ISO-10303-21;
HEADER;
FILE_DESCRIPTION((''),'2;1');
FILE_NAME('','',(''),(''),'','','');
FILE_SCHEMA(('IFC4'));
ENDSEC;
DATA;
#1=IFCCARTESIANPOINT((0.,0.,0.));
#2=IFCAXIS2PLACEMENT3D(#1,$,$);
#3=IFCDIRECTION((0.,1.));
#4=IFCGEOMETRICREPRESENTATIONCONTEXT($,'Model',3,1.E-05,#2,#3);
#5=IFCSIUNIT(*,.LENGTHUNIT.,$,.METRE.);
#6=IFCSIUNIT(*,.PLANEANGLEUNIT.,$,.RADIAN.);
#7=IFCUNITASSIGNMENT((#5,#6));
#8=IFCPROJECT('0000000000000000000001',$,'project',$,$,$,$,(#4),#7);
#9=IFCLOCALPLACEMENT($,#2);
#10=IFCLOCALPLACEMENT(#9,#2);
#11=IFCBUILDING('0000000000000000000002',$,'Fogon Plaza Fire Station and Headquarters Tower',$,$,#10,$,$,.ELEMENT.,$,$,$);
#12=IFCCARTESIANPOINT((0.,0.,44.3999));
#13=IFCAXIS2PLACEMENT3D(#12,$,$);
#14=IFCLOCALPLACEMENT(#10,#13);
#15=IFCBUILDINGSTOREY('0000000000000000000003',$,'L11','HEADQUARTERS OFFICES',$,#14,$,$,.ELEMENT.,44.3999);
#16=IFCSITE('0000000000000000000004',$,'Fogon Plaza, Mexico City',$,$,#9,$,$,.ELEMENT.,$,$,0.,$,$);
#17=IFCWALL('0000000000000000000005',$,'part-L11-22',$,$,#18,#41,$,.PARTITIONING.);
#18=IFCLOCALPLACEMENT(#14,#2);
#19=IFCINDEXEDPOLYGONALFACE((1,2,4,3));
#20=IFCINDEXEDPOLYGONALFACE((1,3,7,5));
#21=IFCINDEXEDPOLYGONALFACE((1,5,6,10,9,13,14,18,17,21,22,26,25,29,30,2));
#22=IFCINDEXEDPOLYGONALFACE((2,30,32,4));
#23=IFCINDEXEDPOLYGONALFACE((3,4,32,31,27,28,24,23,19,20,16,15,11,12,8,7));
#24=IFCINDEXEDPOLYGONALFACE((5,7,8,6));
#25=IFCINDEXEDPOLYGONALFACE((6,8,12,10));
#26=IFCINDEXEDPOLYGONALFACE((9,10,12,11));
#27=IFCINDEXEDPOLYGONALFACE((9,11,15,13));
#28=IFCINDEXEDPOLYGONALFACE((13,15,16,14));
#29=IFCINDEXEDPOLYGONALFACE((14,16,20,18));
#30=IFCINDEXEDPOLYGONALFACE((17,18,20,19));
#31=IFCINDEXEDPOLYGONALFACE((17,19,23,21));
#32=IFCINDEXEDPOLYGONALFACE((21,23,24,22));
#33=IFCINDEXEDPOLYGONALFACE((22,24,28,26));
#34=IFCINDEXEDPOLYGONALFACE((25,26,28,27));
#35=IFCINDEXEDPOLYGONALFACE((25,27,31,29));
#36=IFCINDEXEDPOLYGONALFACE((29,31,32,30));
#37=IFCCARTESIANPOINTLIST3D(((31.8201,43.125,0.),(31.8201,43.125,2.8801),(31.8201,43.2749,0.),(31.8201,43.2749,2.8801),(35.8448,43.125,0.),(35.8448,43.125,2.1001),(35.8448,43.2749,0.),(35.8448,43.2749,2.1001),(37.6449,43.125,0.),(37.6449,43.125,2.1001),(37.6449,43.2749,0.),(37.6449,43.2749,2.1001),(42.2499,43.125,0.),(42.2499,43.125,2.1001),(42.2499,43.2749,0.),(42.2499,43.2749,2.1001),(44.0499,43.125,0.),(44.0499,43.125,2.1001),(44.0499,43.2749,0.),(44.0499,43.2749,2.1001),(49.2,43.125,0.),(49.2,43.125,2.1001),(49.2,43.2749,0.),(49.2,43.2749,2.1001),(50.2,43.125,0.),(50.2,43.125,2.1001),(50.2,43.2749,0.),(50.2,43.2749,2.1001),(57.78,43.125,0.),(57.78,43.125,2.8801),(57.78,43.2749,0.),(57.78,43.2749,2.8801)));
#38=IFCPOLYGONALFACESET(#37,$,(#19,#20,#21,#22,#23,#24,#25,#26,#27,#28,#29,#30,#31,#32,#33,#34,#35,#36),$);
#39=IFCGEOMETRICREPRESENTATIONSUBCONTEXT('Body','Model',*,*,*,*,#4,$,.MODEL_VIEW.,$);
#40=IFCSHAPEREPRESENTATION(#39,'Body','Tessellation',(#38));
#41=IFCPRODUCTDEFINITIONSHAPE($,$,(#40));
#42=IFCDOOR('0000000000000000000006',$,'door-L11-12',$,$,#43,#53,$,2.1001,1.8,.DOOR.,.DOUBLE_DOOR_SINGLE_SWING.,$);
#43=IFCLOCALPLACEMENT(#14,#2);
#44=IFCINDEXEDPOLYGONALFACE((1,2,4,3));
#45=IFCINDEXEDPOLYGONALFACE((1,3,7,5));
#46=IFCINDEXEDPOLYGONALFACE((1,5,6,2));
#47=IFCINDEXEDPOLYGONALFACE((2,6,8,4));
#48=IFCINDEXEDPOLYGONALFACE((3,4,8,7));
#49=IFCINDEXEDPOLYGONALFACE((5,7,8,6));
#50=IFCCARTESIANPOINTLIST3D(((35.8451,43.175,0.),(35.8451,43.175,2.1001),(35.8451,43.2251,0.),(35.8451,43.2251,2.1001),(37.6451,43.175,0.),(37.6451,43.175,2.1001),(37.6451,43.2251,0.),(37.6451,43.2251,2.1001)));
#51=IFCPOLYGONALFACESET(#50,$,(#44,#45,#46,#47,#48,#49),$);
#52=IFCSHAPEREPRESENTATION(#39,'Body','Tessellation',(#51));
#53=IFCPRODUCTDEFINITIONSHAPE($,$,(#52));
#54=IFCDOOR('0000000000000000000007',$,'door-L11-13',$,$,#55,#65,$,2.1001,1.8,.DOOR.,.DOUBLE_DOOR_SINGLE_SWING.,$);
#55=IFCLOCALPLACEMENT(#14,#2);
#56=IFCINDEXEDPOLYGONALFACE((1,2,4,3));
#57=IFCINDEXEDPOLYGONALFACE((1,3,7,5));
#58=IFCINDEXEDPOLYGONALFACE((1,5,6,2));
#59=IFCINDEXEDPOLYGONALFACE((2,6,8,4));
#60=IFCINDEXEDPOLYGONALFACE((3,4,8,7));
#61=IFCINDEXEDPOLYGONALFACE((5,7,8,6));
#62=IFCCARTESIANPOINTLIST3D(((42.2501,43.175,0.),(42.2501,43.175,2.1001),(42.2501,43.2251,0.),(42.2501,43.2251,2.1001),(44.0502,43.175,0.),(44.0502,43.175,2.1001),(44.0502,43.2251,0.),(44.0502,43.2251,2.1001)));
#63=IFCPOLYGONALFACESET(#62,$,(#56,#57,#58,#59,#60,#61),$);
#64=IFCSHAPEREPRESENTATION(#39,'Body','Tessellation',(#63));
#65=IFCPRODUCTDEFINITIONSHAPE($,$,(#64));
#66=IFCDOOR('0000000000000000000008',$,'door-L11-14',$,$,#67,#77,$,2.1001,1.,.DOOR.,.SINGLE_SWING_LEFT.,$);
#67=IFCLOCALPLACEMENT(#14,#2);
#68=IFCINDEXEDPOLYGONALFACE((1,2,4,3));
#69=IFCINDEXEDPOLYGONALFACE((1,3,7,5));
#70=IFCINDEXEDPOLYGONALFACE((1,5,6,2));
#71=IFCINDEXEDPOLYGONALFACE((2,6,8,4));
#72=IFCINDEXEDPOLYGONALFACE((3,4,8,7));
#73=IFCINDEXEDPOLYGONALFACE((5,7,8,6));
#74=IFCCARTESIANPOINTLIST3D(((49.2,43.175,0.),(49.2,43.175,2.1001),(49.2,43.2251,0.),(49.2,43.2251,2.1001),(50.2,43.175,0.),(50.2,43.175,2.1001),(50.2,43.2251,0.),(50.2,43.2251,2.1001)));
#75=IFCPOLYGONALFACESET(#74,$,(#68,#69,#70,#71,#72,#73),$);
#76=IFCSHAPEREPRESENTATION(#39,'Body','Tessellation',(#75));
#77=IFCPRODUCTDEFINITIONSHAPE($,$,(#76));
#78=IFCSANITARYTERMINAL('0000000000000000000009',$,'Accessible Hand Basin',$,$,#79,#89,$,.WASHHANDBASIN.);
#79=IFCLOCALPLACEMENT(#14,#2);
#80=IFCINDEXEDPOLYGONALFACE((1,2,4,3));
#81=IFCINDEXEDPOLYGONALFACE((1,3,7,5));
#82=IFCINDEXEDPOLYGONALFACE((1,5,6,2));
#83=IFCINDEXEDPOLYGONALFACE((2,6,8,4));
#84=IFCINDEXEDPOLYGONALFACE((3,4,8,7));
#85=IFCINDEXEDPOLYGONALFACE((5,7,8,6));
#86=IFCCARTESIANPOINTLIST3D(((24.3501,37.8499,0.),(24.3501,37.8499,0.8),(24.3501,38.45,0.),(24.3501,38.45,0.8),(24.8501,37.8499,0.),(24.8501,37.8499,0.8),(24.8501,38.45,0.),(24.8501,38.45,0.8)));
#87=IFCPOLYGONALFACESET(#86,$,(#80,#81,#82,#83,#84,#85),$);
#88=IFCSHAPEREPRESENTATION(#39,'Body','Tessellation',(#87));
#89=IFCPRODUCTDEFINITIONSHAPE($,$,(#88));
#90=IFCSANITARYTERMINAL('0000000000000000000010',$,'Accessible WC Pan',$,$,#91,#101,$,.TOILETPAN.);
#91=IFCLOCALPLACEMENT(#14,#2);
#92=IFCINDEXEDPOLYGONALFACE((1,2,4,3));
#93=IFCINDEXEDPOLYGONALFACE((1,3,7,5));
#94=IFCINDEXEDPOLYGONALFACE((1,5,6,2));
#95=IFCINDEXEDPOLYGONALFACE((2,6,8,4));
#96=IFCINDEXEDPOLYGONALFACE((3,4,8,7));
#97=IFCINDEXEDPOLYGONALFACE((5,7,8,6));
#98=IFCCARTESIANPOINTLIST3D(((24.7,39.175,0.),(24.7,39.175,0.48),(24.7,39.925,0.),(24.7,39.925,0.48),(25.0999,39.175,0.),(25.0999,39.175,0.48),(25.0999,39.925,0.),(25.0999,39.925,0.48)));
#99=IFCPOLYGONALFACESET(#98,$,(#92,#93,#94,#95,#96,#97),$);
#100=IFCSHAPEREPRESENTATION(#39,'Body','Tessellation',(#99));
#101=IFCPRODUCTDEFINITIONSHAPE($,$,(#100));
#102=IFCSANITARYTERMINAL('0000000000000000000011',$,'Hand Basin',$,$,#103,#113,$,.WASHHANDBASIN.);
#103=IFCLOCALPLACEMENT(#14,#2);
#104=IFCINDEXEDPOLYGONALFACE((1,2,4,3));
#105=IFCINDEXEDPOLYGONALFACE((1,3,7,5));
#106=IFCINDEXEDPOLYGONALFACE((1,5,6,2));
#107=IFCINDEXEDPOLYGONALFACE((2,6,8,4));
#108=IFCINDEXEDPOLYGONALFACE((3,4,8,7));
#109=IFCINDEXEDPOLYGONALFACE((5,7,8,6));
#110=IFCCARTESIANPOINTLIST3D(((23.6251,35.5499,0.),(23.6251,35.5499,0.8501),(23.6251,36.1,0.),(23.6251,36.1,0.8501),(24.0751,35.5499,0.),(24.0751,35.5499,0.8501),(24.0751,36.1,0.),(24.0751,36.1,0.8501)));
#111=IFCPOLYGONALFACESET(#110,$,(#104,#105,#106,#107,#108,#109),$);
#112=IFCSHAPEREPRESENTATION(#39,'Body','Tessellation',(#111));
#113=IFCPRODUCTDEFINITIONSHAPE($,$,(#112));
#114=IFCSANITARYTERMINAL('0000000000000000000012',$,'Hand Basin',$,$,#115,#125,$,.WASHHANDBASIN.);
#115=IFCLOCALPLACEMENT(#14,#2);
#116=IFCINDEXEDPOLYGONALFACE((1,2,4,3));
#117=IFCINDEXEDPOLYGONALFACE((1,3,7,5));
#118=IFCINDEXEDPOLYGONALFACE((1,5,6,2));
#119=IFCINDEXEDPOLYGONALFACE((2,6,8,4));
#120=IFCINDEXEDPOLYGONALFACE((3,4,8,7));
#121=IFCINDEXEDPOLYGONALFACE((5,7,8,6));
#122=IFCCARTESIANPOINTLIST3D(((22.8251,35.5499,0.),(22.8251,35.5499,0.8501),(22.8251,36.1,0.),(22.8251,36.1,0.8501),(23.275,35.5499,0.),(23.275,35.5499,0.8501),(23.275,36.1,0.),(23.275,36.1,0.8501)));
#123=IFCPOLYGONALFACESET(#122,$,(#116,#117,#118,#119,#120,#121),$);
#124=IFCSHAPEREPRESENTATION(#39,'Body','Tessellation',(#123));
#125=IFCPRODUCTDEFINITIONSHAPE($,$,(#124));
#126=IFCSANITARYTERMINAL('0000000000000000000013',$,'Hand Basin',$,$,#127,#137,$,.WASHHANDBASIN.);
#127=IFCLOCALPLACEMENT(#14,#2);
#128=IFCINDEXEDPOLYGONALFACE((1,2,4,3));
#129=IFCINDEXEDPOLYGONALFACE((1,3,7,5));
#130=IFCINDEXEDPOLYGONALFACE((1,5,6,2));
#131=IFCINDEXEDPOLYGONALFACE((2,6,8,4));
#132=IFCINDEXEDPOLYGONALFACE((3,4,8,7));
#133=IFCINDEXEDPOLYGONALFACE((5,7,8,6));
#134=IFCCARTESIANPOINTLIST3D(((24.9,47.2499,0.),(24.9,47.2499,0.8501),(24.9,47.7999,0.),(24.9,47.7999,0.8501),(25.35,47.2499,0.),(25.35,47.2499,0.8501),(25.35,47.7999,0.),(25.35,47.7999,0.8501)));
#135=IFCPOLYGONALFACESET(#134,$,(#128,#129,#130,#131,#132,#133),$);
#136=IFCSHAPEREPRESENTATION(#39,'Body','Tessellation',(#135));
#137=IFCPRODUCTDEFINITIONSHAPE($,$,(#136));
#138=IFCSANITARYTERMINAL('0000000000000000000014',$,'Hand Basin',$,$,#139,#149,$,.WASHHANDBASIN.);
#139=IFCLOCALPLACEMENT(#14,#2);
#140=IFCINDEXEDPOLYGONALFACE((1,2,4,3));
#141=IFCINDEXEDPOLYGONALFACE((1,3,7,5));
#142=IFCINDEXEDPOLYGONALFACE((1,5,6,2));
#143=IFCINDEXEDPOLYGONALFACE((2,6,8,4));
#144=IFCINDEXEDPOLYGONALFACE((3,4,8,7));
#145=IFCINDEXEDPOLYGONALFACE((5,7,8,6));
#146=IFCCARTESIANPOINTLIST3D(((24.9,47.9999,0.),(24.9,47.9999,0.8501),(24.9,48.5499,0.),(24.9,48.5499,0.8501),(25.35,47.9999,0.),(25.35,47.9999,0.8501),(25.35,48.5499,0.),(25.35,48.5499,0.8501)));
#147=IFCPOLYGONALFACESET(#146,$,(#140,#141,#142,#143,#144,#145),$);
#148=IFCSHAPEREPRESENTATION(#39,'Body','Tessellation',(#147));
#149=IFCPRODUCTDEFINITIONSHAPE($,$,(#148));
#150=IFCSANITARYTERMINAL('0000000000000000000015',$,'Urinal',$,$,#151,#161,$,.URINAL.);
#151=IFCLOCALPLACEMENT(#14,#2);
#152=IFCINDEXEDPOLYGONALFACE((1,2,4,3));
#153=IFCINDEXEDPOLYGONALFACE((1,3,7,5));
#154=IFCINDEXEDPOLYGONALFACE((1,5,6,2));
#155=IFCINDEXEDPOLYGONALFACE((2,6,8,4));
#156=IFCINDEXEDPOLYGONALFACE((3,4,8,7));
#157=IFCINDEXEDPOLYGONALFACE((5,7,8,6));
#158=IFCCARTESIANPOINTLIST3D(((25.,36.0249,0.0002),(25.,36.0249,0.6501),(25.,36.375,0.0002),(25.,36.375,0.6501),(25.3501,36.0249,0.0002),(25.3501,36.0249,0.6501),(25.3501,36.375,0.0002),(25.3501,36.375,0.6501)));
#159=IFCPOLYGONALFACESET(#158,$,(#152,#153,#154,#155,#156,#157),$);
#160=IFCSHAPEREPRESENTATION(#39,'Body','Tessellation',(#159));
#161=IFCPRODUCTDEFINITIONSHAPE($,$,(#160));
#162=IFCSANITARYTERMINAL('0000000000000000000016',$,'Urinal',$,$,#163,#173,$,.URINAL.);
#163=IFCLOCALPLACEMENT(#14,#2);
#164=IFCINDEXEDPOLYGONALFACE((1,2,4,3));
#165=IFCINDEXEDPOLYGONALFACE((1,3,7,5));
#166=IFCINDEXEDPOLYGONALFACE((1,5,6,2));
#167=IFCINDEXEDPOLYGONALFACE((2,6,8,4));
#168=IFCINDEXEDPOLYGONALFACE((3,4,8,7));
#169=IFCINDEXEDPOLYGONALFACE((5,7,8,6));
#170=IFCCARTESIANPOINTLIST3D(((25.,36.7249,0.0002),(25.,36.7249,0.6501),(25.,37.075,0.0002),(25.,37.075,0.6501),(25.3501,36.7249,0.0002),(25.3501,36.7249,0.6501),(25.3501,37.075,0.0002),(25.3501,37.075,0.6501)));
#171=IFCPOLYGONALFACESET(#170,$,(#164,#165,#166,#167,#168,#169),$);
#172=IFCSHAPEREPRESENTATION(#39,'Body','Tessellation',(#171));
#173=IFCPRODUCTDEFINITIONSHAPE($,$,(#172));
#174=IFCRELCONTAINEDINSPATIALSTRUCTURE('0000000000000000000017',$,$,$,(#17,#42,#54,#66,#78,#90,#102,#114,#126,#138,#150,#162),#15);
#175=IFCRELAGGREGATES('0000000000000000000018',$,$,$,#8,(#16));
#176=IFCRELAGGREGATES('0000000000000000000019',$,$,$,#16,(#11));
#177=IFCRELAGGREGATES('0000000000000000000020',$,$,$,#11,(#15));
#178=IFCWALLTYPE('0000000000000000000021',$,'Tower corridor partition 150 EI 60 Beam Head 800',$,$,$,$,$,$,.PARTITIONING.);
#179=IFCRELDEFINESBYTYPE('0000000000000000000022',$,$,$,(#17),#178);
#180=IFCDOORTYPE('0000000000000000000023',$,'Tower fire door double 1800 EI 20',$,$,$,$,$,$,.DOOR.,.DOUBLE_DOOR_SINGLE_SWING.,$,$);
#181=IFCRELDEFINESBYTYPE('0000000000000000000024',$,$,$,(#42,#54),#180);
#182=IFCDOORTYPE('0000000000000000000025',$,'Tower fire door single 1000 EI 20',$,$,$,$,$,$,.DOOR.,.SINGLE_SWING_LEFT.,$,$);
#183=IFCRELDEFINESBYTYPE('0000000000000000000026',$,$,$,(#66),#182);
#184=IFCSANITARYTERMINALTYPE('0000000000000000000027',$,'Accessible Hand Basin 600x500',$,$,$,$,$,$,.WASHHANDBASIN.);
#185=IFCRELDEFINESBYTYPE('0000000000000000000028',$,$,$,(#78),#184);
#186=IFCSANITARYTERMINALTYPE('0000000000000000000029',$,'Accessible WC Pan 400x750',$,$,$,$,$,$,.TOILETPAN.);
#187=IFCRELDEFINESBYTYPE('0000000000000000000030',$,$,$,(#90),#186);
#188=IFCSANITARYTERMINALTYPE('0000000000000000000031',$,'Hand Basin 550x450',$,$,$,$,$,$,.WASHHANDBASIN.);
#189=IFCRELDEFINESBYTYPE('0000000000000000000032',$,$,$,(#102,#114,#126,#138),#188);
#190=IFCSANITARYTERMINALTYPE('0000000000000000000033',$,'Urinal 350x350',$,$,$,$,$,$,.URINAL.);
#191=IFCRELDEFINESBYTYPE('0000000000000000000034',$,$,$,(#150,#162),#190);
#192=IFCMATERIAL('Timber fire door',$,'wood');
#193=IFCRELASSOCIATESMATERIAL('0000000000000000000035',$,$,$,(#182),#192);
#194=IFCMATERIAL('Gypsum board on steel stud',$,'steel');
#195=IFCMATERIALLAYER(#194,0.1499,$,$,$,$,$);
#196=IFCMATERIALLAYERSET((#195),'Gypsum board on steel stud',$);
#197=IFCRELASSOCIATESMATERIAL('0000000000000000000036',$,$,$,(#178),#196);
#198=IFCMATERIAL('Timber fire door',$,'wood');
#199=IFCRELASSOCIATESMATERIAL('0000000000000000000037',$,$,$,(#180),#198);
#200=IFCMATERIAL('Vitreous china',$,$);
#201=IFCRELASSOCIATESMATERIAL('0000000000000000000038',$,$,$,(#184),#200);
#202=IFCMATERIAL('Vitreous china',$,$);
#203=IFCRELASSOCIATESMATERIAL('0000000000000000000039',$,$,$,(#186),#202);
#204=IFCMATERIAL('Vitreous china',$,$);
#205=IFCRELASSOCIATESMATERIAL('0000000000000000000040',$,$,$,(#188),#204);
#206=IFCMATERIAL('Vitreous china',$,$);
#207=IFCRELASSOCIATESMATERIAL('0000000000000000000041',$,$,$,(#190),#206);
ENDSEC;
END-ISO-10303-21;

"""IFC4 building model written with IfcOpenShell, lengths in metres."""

from ifc_helpers import new_model, si_unit, direction, frame, frame_2d, origin, origin_2d, place, context, subcontext, project, spatial, rectangle, extrude, material, layer, layer_set, type_object, element, fill, save


model = new_model("IFC4")

# Units and contexts
model_context = context("Model", 3, precision=1e-05, world=origin(), true_north=direction((0.0, 1.0)))
body_context = subcontext(model_context, "Body", "Model", "MODEL_VIEW")
ifc_project = project(units=[si_unit("LENGTHUNIT", "METRE"), si_unit("PLANEANGLEUNIT", "RADIAN")], contexts=[model_context])

# Site, building, storey
site_placement = place(None, origin())
site = spatial("IfcSite", under=ifc_project, at=site_placement, Name="Fogon Plaza, Mexico City", CompositionType="ELEMENT", RefElevation=0.0)
building_placement = place(site_placement, origin())
building = spatial("IfcBuilding", under=site, at=building_placement, Name="Fogon Plaza Fire Station and Headquarters Tower", CompositionType="ELEMENT")
storey_placement = place(building_placement, frame((0.0, 0.0, 44.3999)))
storey = spatial("IfcBuildingStorey", under=building, at=storey_placement, Name="L11", Description="HEADQUARTERS OFFICES", CompositionType="ELEMENT", Elevation=44.3999)

# Shared definitions
ifc_material_1 = material(Name="Timber fire door", Category="wood")
door_type_1 = type_object("IfcDoorType", Name="Tower fire door single 1000 EI 20", OperationType="SINGLE_SWING_LEFT", PredefinedType="DOOR", material=ifc_material_1)

# Wall, openings, doors
ifc_material_2 = material(Name="Gypsum board on steel stud", Category="steel")
ifc_layer_1 = layer(ifc_material_2, 0.1499)
ifc_layer_set_1 = layer_set([ifc_layer_1], Name="Gypsum board on steel stud")
wall_type_1 = type_object("IfcWallType", Name="Tower corridor partition 150 EI 60 Beam Head 800", PredefinedType="PARTITIONING", material=ifc_layer_set_1)
wall_1_placement = place(storey_placement, frame((31.8201, 43.2, 0.0), z_axis=(0.0, 0.0, 1.0), x_axis=(1.0, 0.0, 0.0)))
wall_1 = element("IfcWall", 1, at=wall_1_placement, inside=storey, type_object=wall_type_1, Name="part-L11-22", PredefinedType="PARTITIONING", context=body_context, shape_type="SweptSolid", body=[
    extrude(rectangle(XDim=25.96, YDim=0.1499, at=frame_2d((12.98, 0.0))), origin(), (0.0, 0.0, 1.0), 2.8801),
])
opening_1_placement = place(wall_1_placement, frame((4.0249, 0.0, 0.0)))
opening_1 = element("IfcOpeningElement", 2, at=opening_1_placement, cuts=wall_1, PredefinedType="OPENING", context=body_context, shape_type="SweptSolid", body=[
    extrude(rectangle(XDim=1.8, YDim=2.1001, at=frame_2d((0.8999, 1.05))), frame((0.0, 0.085, 0.0), z_axis=(0.0, -1.0, 0.0), x_axis=(1.0, 0.0, 0.0)), (0.0, 0.0, 1.0), 0.1699),
])
opening_2_placement = place(wall_1_placement, frame((10.4299, 0.0, 0.0)))
opening_2 = element("IfcOpeningElement", 3, at=opening_2_placement, cuts=wall_1, PredefinedType="OPENING", context=body_context, shape_type="SweptSolid", body=[
    extrude(rectangle(XDim=1.8, YDim=2.1001, at=frame_2d((0.8999, 1.05))), frame((0.0, 0.085, 0.0), z_axis=(0.0, -1.0, 0.0), x_axis=(1.0, 0.0, 0.0)), (0.0, 0.0, 1.0), 0.1699),
])
opening_3_placement = place(wall_1_placement, frame((17.3799, 0.0, 0.0)))
opening_3 = element("IfcOpeningElement", 4, at=opening_3_placement, cuts=wall_1, PredefinedType="OPENING", context=body_context, shape_type="SweptSolid", body=[
    extrude(rectangle(XDim=1.0, YDim=2.1001, at=frame_2d((0.5, 1.05))), frame((0.0, 0.085, 0.0), z_axis=(0.0, -1.0, 0.0), x_axis=(1.0, 0.0, 0.0)), (0.0, 0.0, 1.0), 0.1699),
])
ifc_material_3 = material(Name="Timber fire door", Category="wood")
door_type_2 = type_object("IfcDoorType", Name="Tower fire door double 1800 EI 20", OperationType="DOUBLE_DOOR_SINGLE_SWING", PredefinedType="DOOR", material=ifc_material_3)
door_1_placement = place(opening_1_placement, frame((1.8, 0.0, 0.0), z_axis=(0.0, 0.0, 1.0), x_axis=(-1.0, 0.0, 0.0)))
door_1 = element("IfcDoor", 5, at=door_1_placement, inside=storey, type_object=door_type_2, Name="door-L11-12", OperationType="DOUBLE_DOOR_SINGLE_SWING", OverallHeight=2.1001, OverallWidth=1.8, PredefinedType="DOOR", context=body_context, shape_type="SweptSolid", body=[
    extrude(rectangle(XDim=1.8, YDim=2.1001, at=frame_2d((0.8999, 1.05))), frame((0.0, 0.0249, 0.0), z_axis=(0.0, -1.0, 0.0), x_axis=(1.0, 0.0, 0.0)), (0.0, 0.0, 1.0), 0.05),
])
fill(opening_1, door_1)
door_2_placement = place(opening_2_placement, frame((1.8, 0.0, 0.0), z_axis=(0.0, 0.0, 1.0), x_axis=(-1.0, 0.0, 0.0)))
door_2 = element("IfcDoor", 6, at=door_2_placement, inside=storey, type_object=door_type_2, Name="door-L11-13", OperationType="DOUBLE_DOOR_SINGLE_SWING", OverallHeight=2.1001, OverallWidth=1.8, PredefinedType="DOOR", context=body_context, shape_type="SweptSolid", body=[
    extrude(rectangle(XDim=1.8, YDim=2.1001, at=frame_2d((0.8999, 1.05))), frame((0.0, 0.0249, 0.0), z_axis=(0.0, -1.0, 0.0), x_axis=(1.0, 0.0, 0.0)), (0.0, 0.0, 1.0), 0.05),
])
fill(opening_2, door_2)
door_3_placement = place(opening_3_placement, frame((1.0, 0.0, 0.0), z_axis=(0.0, 0.0, 1.0), x_axis=(-1.0, 0.0, 0.0)))
door_3 = element("IfcDoor", 7, at=door_3_placement, inside=storey, type_object=door_type_1, Name="door-L11-14", OperationType="SINGLE_SWING_LEFT", OverallHeight=2.1001, OverallWidth=1.0, PredefinedType="DOOR", context=body_context, shape_type="SweptSolid", body=[
    extrude(rectangle(XDim=1.0, YDim=2.1001, at=frame_2d((0.5, 1.05))), frame((0.0, 0.0249, 0.0), z_axis=(0.0, -1.0, 0.0), x_axis=(1.0, 0.0, 0.0)), (0.0, 0.0, 1.0), 0.05),
])
fill(opening_3, door_3)

# Sanitary terminals
ifc_material_4 = material(Name="Vitreous china")
sanitary_terminal_type_1 = type_object("IfcSanitaryTerminalType", Name="Accessible Hand Basin 600x500", PredefinedType="WASHHANDBASIN", material=ifc_material_4)
sanitary_terminal_1_placement = place(storey_placement, frame((24.6001, 38.1499, 0.0), z_axis=(0.0, 0.0, 1.0), x_axis=(1.0, 0.0, 0.0)))
element("IfcSanitaryTerminal", 8, at=sanitary_terminal_1_placement, inside=storey, type_object=sanitary_terminal_type_1, Name="Accessible Hand Basin", PredefinedType="WASHHANDBASIN", context=body_context, shape_type="SweptSolid", body=[
    extrude(rectangle(XDim=0.5, YDim=0.6001, at=origin_2d()), origin(), (0.0, 0.0, 1.0), 0.8),
])
ifc_material_5 = material(Name="Vitreous china")
sanitary_terminal_type_2 = type_object("IfcSanitaryTerminalType", Name="Accessible WC Pan 400x750", PredefinedType="TOILETPAN", material=ifc_material_5)
sanitary_terminal_2_placement = place(storey_placement, frame((24.8999, 39.55, 0.0), z_axis=(0.0, 0.0, 1.0), x_axis=(1.0, 0.0, 0.0)))
element("IfcSanitaryTerminal", 9, at=sanitary_terminal_2_placement, inside=storey, type_object=sanitary_terminal_type_2, Name="Accessible WC Pan", PredefinedType="TOILETPAN", context=body_context, shape_type="SweptSolid", body=[
    extrude(rectangle(XDim=0.3999, YDim=0.75, at=origin_2d()), origin(), (0.0, 0.0, 1.0), 0.48),
])
ifc_material_6 = material(Name="Vitreous china")
sanitary_terminal_type_3 = type_object("IfcSanitaryTerminalType", Name="Hand Basin 550x450", PredefinedType="WASHHANDBASIN", material=ifc_material_6)
for number, where, z_axis, x_axis, name in (
    (10, (23.8501, 35.825, 0.0), (0.0, 0.0, 1.0), (1.0, 0.0, 0.0), "Hand Basin"),
    (11, (23.05, 35.825, 0.0), (0.0, 0.0, 1.0), (1.0, 0.0, 0.0), "Hand Basin"),
    (12, (25.125, 47.5249, 0.0), (0.0, 0.0, 1.0), (1.0, 0.0, 0.0), "Hand Basin"),
    (13, (25.125, 48.2749, 0.0), (0.0, 0.0, 1.0), (1.0, 0.0, 0.0), "Hand Basin"),
):
    element("IfcSanitaryTerminal", number, at=place(storey_placement, frame(where, z_axis=z_axis, x_axis=x_axis)), inside=storey, type_object=sanitary_terminal_type_3, Name=name, PredefinedType="WASHHANDBASIN", context=body_context, shape_type="SweptSolid", body=[
        extrude(rectangle(XDim=0.45, YDim=0.55, at=origin_2d()), origin(), (0.0, 0.0, 1.0), 0.8501),
    ])
ifc_material_7 = material(Name="Vitreous china")
sanitary_terminal_type_4 = type_object("IfcSanitaryTerminalType", Name="Urinal 350x350", PredefinedType="URINAL", material=ifc_material_7)
for number, where, z_axis, x_axis, name in (
    (14, (25.175, 36.2, 0.0002), (0.0, 0.0, 1.0), (1.0, 0.0, 0.0), "Urinal"),
    (15, (25.175, 36.8999, 0.0002), (0.0, 0.0, 1.0), (1.0, 0.0, 0.0), "Urinal"),
):
    element("IfcSanitaryTerminal", number, at=place(storey_placement, frame(where, z_axis=z_axis, x_axis=x_axis)), inside=storey, type_object=sanitary_terminal_type_4, Name=name, PredefinedType="URINAL", context=body_context, shape_type="SweptSolid", body=[
        extrude(rectangle(XDim=0.3501, YDim=0.3501, at=origin_2d()), origin(), (0.0, 0.0, 1.0), 0.6499),
    ])

save(model, "model.ifc")
